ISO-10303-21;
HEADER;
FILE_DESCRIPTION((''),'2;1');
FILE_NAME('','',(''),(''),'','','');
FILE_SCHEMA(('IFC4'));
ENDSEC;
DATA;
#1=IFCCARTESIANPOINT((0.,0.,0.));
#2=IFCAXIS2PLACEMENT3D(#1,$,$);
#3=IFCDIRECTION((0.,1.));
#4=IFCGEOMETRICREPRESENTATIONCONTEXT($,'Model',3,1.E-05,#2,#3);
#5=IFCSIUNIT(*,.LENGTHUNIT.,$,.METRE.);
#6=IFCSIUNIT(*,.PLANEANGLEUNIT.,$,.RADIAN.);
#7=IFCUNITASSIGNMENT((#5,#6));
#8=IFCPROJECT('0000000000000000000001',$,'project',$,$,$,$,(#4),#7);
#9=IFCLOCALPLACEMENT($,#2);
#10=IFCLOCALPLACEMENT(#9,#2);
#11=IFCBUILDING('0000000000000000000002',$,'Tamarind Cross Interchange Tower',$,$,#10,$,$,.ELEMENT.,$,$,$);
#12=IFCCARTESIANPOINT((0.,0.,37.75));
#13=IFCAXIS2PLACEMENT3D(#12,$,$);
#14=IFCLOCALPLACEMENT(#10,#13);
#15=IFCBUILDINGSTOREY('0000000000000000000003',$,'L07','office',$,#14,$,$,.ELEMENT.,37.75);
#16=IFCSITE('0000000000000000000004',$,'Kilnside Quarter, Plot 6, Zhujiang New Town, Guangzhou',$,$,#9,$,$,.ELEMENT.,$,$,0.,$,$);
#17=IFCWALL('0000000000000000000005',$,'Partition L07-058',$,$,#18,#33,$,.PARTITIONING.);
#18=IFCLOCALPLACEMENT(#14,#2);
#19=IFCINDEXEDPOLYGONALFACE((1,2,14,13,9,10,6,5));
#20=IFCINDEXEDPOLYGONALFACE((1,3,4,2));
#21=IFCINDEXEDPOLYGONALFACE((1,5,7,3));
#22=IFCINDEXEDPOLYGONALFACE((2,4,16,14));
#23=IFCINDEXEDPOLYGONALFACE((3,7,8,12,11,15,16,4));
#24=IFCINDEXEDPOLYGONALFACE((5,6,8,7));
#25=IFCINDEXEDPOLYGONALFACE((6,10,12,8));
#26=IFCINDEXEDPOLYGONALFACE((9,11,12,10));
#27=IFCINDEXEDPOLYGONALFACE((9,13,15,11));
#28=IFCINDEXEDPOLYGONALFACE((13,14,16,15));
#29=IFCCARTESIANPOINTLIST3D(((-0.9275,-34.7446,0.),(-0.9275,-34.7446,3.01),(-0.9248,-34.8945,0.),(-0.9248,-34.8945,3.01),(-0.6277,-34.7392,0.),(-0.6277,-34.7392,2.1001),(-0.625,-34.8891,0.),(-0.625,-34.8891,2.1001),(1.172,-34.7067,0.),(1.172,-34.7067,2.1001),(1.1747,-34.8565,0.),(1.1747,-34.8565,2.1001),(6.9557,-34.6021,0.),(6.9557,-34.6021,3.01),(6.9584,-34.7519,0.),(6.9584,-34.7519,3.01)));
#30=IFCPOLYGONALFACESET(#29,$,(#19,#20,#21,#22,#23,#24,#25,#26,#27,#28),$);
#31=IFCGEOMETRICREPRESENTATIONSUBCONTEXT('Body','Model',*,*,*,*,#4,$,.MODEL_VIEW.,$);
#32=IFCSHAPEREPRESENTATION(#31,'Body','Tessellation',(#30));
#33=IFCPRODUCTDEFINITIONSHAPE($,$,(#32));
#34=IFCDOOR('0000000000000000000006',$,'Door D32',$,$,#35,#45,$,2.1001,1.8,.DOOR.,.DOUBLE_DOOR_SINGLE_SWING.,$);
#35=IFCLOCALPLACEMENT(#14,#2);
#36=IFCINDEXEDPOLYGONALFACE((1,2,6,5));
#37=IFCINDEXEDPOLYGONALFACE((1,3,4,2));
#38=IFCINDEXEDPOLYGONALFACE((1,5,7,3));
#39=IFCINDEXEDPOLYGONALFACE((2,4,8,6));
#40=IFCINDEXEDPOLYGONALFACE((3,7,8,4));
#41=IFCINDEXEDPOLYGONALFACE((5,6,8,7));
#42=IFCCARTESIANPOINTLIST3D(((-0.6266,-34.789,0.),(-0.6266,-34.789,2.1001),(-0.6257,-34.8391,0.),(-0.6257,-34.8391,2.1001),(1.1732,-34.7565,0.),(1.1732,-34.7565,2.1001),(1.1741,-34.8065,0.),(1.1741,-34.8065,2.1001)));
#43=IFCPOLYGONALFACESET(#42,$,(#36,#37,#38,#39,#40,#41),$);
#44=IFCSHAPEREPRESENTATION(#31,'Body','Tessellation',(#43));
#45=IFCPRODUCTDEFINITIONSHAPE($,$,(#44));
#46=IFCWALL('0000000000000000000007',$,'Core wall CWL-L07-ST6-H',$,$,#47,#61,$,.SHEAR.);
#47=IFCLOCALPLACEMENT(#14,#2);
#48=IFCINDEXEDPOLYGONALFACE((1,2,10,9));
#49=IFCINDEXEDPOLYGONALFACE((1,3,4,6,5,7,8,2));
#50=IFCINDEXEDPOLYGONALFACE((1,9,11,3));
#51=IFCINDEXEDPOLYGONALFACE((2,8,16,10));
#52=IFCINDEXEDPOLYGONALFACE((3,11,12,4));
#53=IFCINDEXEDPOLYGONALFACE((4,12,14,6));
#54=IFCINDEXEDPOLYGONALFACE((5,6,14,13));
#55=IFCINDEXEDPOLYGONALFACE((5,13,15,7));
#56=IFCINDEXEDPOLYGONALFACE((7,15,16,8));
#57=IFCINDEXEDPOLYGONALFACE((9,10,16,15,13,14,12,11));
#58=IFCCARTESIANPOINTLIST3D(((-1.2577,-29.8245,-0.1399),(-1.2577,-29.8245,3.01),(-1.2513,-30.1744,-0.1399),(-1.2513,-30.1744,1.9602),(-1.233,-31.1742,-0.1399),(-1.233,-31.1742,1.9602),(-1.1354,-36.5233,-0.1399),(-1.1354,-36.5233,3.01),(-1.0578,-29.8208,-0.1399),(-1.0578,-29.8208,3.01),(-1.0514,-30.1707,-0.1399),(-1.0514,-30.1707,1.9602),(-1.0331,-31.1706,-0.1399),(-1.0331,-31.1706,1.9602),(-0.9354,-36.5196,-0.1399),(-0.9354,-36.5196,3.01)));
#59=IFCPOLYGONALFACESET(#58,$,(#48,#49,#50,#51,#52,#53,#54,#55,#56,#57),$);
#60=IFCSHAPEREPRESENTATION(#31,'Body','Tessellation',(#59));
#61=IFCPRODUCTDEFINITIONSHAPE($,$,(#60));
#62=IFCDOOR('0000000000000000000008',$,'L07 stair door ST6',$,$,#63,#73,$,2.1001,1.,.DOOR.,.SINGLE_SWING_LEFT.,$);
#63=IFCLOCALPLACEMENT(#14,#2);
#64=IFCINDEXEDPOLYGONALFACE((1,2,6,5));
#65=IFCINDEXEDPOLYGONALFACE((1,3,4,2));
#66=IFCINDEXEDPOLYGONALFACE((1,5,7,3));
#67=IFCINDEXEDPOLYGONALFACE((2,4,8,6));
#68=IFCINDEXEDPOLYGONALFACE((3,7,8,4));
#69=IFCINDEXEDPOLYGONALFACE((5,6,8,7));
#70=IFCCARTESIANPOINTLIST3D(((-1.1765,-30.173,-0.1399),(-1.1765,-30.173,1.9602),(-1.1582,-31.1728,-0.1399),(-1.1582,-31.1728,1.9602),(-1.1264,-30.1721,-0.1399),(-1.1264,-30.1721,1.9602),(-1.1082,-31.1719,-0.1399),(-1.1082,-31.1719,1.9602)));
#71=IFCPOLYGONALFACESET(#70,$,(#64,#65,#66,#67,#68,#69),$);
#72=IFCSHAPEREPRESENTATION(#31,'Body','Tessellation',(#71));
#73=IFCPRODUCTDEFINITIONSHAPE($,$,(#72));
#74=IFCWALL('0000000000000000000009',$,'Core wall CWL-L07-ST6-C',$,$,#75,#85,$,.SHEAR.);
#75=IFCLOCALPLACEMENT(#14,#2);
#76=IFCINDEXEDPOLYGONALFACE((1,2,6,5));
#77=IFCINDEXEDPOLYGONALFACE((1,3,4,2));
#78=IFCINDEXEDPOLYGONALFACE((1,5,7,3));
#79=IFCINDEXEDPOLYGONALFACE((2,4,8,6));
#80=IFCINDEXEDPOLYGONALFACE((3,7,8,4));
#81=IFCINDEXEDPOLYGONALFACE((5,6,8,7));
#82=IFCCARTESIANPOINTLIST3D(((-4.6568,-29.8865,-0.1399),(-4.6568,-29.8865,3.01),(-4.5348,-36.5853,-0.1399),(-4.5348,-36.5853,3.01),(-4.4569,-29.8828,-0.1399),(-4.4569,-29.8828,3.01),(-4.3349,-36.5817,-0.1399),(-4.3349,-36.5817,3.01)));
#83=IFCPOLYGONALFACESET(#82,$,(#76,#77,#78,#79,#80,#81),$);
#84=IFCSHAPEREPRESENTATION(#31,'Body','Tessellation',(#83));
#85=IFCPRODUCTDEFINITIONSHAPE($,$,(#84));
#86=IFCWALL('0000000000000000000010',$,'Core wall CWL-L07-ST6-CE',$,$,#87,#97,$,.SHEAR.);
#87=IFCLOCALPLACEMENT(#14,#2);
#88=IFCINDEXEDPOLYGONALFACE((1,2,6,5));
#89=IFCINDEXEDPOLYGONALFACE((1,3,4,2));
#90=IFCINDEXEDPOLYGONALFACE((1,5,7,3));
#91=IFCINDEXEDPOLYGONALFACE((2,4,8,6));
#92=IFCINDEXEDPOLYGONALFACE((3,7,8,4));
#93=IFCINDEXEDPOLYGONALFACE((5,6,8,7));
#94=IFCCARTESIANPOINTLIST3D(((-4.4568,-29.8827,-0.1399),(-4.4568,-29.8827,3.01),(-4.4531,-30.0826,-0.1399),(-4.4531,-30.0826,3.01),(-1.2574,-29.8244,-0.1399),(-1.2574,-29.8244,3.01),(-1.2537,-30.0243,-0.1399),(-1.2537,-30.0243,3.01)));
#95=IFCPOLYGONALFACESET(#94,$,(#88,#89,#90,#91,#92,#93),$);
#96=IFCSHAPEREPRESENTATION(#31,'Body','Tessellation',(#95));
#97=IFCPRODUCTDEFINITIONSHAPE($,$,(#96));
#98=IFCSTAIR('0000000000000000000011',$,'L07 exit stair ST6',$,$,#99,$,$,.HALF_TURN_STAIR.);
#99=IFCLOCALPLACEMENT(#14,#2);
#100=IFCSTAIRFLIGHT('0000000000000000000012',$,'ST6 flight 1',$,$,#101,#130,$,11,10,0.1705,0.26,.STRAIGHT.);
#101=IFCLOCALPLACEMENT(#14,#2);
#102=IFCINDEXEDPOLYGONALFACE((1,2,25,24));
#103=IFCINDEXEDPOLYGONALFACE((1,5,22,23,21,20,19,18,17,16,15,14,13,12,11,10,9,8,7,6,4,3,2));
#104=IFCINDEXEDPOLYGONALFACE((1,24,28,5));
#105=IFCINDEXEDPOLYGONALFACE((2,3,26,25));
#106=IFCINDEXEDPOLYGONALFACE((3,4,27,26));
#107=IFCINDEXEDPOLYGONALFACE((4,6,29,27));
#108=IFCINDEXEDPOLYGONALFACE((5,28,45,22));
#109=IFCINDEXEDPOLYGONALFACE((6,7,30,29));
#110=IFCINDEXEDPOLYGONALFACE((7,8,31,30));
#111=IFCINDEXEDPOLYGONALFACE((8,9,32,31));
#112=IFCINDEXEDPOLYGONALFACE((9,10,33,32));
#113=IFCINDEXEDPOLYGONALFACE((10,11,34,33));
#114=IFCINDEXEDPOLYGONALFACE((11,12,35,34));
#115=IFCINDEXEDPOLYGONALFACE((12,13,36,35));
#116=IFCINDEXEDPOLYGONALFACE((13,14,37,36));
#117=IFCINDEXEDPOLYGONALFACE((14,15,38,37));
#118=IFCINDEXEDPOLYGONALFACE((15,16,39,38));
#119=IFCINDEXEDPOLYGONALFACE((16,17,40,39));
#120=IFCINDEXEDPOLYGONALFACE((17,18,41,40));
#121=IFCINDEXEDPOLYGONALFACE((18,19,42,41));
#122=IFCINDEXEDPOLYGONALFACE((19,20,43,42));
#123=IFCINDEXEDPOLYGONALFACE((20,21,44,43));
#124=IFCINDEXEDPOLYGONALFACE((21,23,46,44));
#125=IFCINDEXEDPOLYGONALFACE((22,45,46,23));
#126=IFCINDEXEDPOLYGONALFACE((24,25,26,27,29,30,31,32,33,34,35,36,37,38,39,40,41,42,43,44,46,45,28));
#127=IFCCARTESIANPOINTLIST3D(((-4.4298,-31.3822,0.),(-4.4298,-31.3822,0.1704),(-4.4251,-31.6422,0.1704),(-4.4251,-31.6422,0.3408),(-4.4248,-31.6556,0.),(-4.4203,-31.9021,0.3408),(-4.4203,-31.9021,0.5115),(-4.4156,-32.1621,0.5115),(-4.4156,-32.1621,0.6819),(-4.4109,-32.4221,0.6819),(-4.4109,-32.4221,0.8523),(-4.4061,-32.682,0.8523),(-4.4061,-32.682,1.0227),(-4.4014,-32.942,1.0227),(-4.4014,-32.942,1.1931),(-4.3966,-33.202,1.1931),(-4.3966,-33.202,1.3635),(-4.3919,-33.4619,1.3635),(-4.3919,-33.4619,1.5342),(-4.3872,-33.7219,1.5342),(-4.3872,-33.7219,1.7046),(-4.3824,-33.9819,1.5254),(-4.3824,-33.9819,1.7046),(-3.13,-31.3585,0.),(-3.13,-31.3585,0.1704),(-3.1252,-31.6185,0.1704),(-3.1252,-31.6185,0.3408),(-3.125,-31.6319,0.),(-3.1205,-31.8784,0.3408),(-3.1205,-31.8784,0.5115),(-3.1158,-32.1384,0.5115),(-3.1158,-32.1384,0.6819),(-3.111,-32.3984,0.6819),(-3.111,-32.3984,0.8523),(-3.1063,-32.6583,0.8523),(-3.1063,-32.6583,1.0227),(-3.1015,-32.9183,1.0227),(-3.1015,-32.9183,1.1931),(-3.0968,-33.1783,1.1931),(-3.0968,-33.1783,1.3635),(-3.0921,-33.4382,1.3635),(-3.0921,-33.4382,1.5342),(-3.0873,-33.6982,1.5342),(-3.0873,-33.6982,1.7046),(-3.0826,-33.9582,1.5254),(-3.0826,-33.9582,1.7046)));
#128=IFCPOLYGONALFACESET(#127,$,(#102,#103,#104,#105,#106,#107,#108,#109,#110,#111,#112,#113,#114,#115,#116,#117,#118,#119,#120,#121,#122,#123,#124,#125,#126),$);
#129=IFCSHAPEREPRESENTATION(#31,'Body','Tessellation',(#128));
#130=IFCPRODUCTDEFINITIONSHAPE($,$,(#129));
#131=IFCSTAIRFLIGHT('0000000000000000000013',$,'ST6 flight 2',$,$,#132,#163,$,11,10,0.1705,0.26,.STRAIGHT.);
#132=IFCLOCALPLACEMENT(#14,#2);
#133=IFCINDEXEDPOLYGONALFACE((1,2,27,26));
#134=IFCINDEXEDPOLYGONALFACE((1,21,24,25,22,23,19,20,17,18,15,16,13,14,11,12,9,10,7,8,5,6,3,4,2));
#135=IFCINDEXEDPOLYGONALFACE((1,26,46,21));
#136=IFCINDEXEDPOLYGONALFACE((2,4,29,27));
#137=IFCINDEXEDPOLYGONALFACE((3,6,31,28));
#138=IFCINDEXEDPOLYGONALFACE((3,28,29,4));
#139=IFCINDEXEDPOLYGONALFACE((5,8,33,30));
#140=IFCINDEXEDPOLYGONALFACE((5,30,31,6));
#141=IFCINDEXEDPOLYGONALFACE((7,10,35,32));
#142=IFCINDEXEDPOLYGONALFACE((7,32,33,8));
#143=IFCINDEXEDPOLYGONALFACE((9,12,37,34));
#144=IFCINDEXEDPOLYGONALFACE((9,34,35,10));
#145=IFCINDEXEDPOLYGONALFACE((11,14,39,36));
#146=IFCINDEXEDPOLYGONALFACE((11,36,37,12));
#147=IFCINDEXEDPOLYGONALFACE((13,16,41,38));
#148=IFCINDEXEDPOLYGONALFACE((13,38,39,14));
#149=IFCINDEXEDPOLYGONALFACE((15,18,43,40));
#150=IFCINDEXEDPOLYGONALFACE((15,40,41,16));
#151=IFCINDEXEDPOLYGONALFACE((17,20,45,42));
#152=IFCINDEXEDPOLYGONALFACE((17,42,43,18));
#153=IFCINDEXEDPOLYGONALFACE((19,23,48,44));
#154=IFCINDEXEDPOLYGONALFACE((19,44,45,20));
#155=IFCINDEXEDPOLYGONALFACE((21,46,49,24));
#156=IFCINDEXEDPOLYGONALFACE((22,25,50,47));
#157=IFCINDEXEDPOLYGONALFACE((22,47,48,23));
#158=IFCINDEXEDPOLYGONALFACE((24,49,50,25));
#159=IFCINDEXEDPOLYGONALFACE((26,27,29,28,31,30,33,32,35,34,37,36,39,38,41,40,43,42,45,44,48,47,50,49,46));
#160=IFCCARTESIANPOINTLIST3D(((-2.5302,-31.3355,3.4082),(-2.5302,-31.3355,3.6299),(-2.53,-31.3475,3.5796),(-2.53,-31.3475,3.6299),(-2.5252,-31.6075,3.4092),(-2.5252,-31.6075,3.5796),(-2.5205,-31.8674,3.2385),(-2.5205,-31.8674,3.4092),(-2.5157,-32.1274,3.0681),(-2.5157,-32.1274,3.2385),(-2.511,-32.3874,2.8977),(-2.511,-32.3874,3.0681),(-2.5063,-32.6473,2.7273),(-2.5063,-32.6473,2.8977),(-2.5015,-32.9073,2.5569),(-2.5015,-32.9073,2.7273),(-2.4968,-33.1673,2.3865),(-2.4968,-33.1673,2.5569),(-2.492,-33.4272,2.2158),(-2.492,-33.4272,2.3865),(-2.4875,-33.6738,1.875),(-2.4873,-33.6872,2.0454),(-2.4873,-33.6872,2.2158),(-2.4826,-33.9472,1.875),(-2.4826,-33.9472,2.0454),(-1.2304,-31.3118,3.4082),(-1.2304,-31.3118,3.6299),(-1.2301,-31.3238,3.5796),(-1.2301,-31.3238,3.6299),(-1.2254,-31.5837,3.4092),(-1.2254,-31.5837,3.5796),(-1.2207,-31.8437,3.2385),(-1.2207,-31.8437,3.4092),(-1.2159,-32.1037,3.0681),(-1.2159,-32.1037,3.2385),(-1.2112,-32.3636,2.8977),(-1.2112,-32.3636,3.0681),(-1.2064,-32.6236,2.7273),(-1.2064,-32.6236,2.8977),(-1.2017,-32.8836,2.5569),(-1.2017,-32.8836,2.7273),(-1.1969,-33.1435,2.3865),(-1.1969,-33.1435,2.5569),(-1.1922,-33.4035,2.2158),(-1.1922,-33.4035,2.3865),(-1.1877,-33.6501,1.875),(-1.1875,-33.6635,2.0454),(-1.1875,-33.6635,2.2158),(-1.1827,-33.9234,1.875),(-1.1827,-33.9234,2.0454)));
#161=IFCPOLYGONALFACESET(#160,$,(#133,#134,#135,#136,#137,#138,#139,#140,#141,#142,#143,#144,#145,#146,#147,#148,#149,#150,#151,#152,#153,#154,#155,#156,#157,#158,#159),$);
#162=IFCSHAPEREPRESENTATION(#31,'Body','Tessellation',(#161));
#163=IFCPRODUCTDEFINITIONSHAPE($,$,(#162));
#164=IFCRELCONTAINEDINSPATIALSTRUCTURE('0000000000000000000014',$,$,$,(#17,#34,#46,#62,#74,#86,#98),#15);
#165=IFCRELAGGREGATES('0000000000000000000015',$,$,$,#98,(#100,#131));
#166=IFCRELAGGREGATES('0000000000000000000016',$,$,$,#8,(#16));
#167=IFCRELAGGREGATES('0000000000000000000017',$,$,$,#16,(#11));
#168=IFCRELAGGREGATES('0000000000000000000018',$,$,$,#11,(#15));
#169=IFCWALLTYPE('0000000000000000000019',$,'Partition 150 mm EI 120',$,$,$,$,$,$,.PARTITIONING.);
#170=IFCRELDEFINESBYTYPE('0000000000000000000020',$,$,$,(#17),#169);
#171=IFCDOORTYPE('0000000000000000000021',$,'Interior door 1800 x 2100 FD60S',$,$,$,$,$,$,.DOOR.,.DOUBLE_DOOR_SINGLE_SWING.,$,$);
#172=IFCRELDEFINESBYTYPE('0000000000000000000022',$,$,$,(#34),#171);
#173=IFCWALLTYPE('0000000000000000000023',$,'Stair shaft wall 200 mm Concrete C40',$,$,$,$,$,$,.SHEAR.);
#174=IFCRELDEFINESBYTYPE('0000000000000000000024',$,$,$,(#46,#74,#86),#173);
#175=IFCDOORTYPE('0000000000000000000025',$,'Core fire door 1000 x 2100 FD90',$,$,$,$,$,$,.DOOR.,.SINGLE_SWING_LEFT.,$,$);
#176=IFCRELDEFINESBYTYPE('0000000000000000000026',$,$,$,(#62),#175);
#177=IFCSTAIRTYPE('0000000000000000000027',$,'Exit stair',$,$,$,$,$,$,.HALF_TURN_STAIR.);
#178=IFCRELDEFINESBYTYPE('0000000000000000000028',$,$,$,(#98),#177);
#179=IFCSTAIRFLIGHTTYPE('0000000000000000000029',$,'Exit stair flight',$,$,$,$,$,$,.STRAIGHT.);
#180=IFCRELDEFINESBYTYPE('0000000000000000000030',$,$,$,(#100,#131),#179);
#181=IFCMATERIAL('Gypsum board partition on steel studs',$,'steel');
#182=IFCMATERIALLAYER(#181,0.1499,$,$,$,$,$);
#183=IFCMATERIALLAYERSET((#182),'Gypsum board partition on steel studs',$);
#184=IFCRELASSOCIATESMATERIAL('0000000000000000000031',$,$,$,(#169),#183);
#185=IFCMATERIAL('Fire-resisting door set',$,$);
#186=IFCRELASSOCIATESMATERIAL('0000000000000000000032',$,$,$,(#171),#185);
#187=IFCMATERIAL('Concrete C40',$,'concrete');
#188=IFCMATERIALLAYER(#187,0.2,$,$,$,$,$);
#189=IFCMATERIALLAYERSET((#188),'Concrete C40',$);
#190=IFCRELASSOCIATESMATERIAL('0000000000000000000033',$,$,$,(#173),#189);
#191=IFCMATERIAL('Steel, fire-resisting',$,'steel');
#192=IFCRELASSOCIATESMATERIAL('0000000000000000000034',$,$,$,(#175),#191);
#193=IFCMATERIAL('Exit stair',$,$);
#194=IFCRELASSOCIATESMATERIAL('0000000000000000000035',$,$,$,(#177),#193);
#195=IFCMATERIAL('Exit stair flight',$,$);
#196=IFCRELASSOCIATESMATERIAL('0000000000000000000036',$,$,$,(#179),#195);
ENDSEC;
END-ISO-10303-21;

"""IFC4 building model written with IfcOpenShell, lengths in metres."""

from ifc_helpers import new_model, si_unit, direction, frame, frame_2d, origin, place, context, subcontext, project, spatial, polyline, rectangle, outline, extrude, material, layer, layer_set, type_object, element, fill, aggregate, save


model = new_model("IFC4")

# Units and contexts
model_context = context("Model", 3, precision=1e-05, world=origin(), true_north=direction((0.0, 1.0)))
body_context = subcontext(model_context, "Body", "Model", "MODEL_VIEW")
ifc_project = project(units=[si_unit("LENGTHUNIT", "METRE"), si_unit("PLANEANGLEUNIT", "RADIAN")], contexts=[model_context])

# Site, building, storey
site_placement = place(None, origin())
site = spatial("IfcSite", under=ifc_project, at=site_placement, Name="Kilnside Quarter, Plot 6, Zhujiang New Town, Guangzhou", CompositionType="ELEMENT", RefElevation=0.0)
building_placement = place(site_placement, origin())
building = spatial("IfcBuilding", under=site, at=building_placement, Name="Tamarind Cross Interchange Tower", CompositionType="ELEMENT")
storey_placement = place(building_placement, frame((0.0, 0.0, 37.75)))
storey = spatial("IfcBuildingStorey", under=building, at=storey_placement, Name="L07", Description="office", CompositionType="ELEMENT", Elevation=37.75)

# Shared definitions
ifc_material_1 = material(Name="Gypsum board partition on steel studs", Category="steel")
ifc_layer_1 = layer(ifc_material_1, 0.1499)
ifc_layer_set_1 = layer_set([ifc_layer_1], Name="Gypsum board partition on steel studs")
wall_type_1 = type_object("IfcWallType", Name="Partition 150 mm EI 120", PredefinedType="PARTITIONING", material=ifc_layer_set_1)

# Walls, openings, doors
wall_1_placement = place(storey_placement, frame((-0.9263, -34.8196, 0.0), z_axis=(0.0, 0.0, 1.0), x_axis=(0.999836, 0.018083, 0.0)))
wall_1 = element("IfcWall", 1, at=wall_1_placement, inside=storey, type_object=wall_type_1, Name="Partition L07-058", PredefinedType="PARTITIONING", context=body_context, shape_type="SweptSolid", body=[
    extrude(rectangle(XDim=7.8845, YDim=0.1499, at=frame_2d((3.9424, 0.0))), origin(), (0.0, 0.0, 1.0), 3.01),
])
opening_1_placement = place(wall_1_placement, frame((0.3, 0.0, 0.0)))
opening_1 = element("IfcOpeningElement", 2, at=opening_1_placement, cuts=wall_1, PredefinedType="OPENING", context=body_context, shape_type="SweptSolid", body=[
    extrude(rectangle(XDim=1.8, YDim=2.1001, at=frame_2d((0.8999, 1.05))), frame((0.0, 0.085, 0.0), z_axis=(0.0, -1.0, 0.0), x_axis=(1.0, 0.0, 0.0)), (0.0, 0.0, 1.0), 0.1699),
])
ifc_material_2 = material(Name="Fire-resisting door set")
door_type_1 = type_object("IfcDoorType", Name="Interior door 1800 x 2100 FD60S", OperationType="DOUBLE_DOOR_SINGLE_SWING", PredefinedType="DOOR", material=ifc_material_2)
door_1_placement = place(opening_1_placement, frame((1.8, 0.0, 0.0), z_axis=(0.0, 0.0, 1.0), x_axis=(-1.0, 0.0, 0.0)))
door_1 = element("IfcDoor", 3, at=door_1_placement, inside=storey, type_object=door_type_1, Name="Door D32", OperationType="DOUBLE_DOOR_SINGLE_SWING", OverallHeight=2.1001, OverallWidth=1.8, PredefinedType="DOOR", context=body_context, shape_type="SweptSolid", body=[
    extrude(rectangle(XDim=1.8, YDim=2.1001, at=frame_2d((0.8999, 1.05))), frame((0.0, 0.0249, 0.0), z_axis=(0.0, -1.0, 0.0), x_axis=(1.0, 0.0, 0.0)), (0.0, 0.0, 1.0), 0.05),
])
fill(opening_1, door_1)
ifc_material_3 = material(Name="Concrete C40", Category="concrete")
ifc_layer_2 = layer(ifc_material_3, 0.2)
ifc_layer_set_2 = layer_set([ifc_layer_2], Name="Concrete C40")
wall_type_2 = type_object("IfcWallType", Name="Stair shaft wall 200 mm Concrete C40", PredefinedType="SHEAR", material=ifc_layer_set_2)
wall_2_placement = place(storey_placement, frame((-1.1577, -29.8225, -0.1399), z_axis=(0.0, 0.0, 1.0), x_axis=(0.018256, -0.999833, 0.0)))
wall_2 = element("IfcWall", 4, at=wall_2_placement, inside=storey, type_object=wall_type_2, Name="Core wall CWL-L07-ST6-H", PredefinedType="SHEAR", context=body_context, shape_type="SweptSolid", body=[
    extrude(rectangle(XDim=6.7, YDim=0.2, at=frame_2d((3.3501, 0.0))), origin(), (0.0, 0.0, 1.0), 3.1499),
])
opening_2_placement = place(wall_2_placement, frame((0.3501, 0.0, 0.0)))
opening_2 = element("IfcOpeningElement", 5, at=opening_2_placement, cuts=wall_2, PredefinedType="OPENING", context=body_context, shape_type="SweptSolid", body=[
    extrude(rectangle(XDim=1.0, YDim=2.1001, at=frame_2d((0.5, 1.05))), frame((0.0, 0.1099, 0.0), z_axis=(0.0, -1.0, 0.0), x_axis=(1.0, 0.0, 0.0)), (0.0, 0.0, 1.0), 0.22),
])
ifc_material_4 = material(Name="Steel, fire-resisting", Category="steel")
door_type_2 = type_object("IfcDoorType", Name="Core fire door 1000 x 2100 FD90", OperationType="SINGLE_SWING_LEFT", PredefinedType="DOOR", material=ifc_material_4)
door_2_placement = place(opening_2_placement, origin())
door_2 = element("IfcDoor", 6, at=door_2_placement, inside=storey, type_object=door_type_2, Name="L07 stair door ST6", OperationType="SINGLE_SWING_LEFT", OverallHeight=2.1001, OverallWidth=1.0, PredefinedType="DOOR", context=body_context, shape_type="SweptSolid", body=[
    extrude(rectangle(XDim=1.0, YDim=2.1001, at=frame_2d((0.5, 1.05))), frame((0.0, 0.0249, 0.0), z_axis=(0.0, -1.0, 0.0), x_axis=(1.0, 0.0, 0.0)), (0.0, 0.0, 1.0), 0.05),
])
fill(opening_2, door_2)

# Walls
wall_3_placement = place(storey_placement, frame((-4.5569, -29.8845, -0.1399), z_axis=(0.0, 0.0, 1.0), x_axis=(0.01822, -0.999834, 0.0)))
element("IfcWall", 7, at=wall_3_placement, inside=storey, type_object=wall_type_2, Name="Core wall CWL-L07-ST6-C", PredefinedType="SHEAR", context=body_context, shape_type="SweptSolid", body=[
    extrude(rectangle(XDim=6.7, YDim=0.2, at=frame_2d((3.3501, 0.0))), origin(), (0.0, 0.0, 1.0), 3.1499),
])
wall_4_placement = place(storey_placement, frame((-4.4551, -29.9827, -0.1399), z_axis=(0.0, 0.0, 1.0), x_axis=(0.999834, 0.018234, 0.0)))
element("IfcWall", 8, at=wall_4_placement, inside=storey, type_object=wall_type_2, Name="Core wall CWL-L07-ST6-CE", PredefinedType="SHEAR", context=body_context, shape_type="SweptSolid", body=[
    extrude(rectangle(XDim=3.2, YDim=0.2, at=frame_2d((1.6001, 0.0))), origin(), (0.0, 0.0, 1.0), 3.1499),
])

# Stair, stair flights
ifc_material_5 = material(Name="Exit stair")
stair_type = type_object("IfcStairType", Name="Exit stair", PredefinedType="HALF_TURN_STAIR", material=ifc_material_5)
stair_placement = place(storey_placement, origin())
stair = element("IfcStair", 9, at=stair_placement, inside=storey, type_object=stair_type, Name="L07 exit stair ST6", PredefinedType="HALF_TURN_STAIR")
ifc_material_6 = material(Name="Exit stair flight")
stair_flight_type = type_object("IfcStairFlightType", Name="Exit stair flight", PredefinedType="STRAIGHT", material=ifc_material_6)
stair_flight_1_placement = place(storey_placement, frame((-3.7798, -31.3704, 0.0), z_axis=(0.0, 0.0, 1.0), x_axis=(0.018234, -0.999834, 0.0)))
stair_flight_1 = element("IfcStairFlight", 10, at=stair_flight_1_placement, type_object=stair_flight_type, Name="ST6 flight 1", NumberOfRisers=11, NumberOfTreads=10, PredefinedType="STRAIGHT", RiserHeight=0.1705, TreadLength=0.26, context=body_context, shape_type="SweptSolid", body=[
    extrude(outline(polyline([(0.0, 0.0), (0.0, 0.1704), (0.26, 0.1704), (0.26, 0.3408), (0.52, 0.3408), (0.52, 0.5115), (0.78, 0.5115), (0.78, 0.6819), (1.04, 0.6819), (1.04, 0.8523), (1.3, 0.8523), (1.3, 1.0227), (1.5601, 1.0227), (1.5601, 1.1931), (1.8201, 1.1931), (1.8201, 1.3635), (2.0801, 1.3635), (2.0801, 1.5342), (2.3401, 1.5342), (2.3401, 1.7046), (2.6001, 1.7046), (2.6001, 1.875), (2.6001, 1.5254), (0.2734, 0.0), (0.0, 0.0)])), frame((0.0, 0.6499, 0.0), z_axis=(0.0, -1.0, 0.0), x_axis=(1.0, 0.0, 0.0)), (0.0, 0.0, 1.0), 1.3),
])
stair_flight_2_placement = place(storey_placement, frame((-1.8328, -33.9353, 1.875), z_axis=(0.0, 0.0, 1.0), x_axis=(-0.018234, 0.999834, 0.0)))
stair_flight_2 = element("IfcStairFlight", 11, at=stair_flight_2_placement, type_object=stair_flight_type, Name="ST6 flight 2", NumberOfRisers=11, NumberOfTreads=10, PredefinedType="STRAIGHT", RiserHeight=0.1705, TreadLength=0.26, context=body_context, shape_type="SweptSolid", body=[
    extrude(outline(polyline([(0.0, 0.0), (0.0, 0.1704), (0.26, 0.1704), (0.26, 0.3408), (0.52, 0.3408), (0.52, 0.5115), (0.78, 0.5115), (0.78, 0.6819), (1.04, 0.6819), (1.04, 0.8523), (1.3, 0.8523), (1.3, 1.0227), (1.5601, 1.0227), (1.5601, 1.1931), (1.8201, 1.1931), (1.8201, 1.3635), (2.0801, 1.3635), (2.0801, 1.5342), (2.3401, 1.5342), (2.3401, 1.7046), (2.6001, 1.7046), (2.6001, 1.7549), (2.6121, 1.7549), (2.6121, 1.5332), (0.2734, 0.0), (0.0, 0.0)])), frame((0.0, 0.6499, 0.0), z_axis=(0.0, -1.0, 0.0), x_axis=(1.0, 0.0, 0.0)), (0.0, 0.0, 1.0), 1.3),
])
aggregate(stair, [stair_flight_1, stair_flight_2])

save(model, "model.ifc")
